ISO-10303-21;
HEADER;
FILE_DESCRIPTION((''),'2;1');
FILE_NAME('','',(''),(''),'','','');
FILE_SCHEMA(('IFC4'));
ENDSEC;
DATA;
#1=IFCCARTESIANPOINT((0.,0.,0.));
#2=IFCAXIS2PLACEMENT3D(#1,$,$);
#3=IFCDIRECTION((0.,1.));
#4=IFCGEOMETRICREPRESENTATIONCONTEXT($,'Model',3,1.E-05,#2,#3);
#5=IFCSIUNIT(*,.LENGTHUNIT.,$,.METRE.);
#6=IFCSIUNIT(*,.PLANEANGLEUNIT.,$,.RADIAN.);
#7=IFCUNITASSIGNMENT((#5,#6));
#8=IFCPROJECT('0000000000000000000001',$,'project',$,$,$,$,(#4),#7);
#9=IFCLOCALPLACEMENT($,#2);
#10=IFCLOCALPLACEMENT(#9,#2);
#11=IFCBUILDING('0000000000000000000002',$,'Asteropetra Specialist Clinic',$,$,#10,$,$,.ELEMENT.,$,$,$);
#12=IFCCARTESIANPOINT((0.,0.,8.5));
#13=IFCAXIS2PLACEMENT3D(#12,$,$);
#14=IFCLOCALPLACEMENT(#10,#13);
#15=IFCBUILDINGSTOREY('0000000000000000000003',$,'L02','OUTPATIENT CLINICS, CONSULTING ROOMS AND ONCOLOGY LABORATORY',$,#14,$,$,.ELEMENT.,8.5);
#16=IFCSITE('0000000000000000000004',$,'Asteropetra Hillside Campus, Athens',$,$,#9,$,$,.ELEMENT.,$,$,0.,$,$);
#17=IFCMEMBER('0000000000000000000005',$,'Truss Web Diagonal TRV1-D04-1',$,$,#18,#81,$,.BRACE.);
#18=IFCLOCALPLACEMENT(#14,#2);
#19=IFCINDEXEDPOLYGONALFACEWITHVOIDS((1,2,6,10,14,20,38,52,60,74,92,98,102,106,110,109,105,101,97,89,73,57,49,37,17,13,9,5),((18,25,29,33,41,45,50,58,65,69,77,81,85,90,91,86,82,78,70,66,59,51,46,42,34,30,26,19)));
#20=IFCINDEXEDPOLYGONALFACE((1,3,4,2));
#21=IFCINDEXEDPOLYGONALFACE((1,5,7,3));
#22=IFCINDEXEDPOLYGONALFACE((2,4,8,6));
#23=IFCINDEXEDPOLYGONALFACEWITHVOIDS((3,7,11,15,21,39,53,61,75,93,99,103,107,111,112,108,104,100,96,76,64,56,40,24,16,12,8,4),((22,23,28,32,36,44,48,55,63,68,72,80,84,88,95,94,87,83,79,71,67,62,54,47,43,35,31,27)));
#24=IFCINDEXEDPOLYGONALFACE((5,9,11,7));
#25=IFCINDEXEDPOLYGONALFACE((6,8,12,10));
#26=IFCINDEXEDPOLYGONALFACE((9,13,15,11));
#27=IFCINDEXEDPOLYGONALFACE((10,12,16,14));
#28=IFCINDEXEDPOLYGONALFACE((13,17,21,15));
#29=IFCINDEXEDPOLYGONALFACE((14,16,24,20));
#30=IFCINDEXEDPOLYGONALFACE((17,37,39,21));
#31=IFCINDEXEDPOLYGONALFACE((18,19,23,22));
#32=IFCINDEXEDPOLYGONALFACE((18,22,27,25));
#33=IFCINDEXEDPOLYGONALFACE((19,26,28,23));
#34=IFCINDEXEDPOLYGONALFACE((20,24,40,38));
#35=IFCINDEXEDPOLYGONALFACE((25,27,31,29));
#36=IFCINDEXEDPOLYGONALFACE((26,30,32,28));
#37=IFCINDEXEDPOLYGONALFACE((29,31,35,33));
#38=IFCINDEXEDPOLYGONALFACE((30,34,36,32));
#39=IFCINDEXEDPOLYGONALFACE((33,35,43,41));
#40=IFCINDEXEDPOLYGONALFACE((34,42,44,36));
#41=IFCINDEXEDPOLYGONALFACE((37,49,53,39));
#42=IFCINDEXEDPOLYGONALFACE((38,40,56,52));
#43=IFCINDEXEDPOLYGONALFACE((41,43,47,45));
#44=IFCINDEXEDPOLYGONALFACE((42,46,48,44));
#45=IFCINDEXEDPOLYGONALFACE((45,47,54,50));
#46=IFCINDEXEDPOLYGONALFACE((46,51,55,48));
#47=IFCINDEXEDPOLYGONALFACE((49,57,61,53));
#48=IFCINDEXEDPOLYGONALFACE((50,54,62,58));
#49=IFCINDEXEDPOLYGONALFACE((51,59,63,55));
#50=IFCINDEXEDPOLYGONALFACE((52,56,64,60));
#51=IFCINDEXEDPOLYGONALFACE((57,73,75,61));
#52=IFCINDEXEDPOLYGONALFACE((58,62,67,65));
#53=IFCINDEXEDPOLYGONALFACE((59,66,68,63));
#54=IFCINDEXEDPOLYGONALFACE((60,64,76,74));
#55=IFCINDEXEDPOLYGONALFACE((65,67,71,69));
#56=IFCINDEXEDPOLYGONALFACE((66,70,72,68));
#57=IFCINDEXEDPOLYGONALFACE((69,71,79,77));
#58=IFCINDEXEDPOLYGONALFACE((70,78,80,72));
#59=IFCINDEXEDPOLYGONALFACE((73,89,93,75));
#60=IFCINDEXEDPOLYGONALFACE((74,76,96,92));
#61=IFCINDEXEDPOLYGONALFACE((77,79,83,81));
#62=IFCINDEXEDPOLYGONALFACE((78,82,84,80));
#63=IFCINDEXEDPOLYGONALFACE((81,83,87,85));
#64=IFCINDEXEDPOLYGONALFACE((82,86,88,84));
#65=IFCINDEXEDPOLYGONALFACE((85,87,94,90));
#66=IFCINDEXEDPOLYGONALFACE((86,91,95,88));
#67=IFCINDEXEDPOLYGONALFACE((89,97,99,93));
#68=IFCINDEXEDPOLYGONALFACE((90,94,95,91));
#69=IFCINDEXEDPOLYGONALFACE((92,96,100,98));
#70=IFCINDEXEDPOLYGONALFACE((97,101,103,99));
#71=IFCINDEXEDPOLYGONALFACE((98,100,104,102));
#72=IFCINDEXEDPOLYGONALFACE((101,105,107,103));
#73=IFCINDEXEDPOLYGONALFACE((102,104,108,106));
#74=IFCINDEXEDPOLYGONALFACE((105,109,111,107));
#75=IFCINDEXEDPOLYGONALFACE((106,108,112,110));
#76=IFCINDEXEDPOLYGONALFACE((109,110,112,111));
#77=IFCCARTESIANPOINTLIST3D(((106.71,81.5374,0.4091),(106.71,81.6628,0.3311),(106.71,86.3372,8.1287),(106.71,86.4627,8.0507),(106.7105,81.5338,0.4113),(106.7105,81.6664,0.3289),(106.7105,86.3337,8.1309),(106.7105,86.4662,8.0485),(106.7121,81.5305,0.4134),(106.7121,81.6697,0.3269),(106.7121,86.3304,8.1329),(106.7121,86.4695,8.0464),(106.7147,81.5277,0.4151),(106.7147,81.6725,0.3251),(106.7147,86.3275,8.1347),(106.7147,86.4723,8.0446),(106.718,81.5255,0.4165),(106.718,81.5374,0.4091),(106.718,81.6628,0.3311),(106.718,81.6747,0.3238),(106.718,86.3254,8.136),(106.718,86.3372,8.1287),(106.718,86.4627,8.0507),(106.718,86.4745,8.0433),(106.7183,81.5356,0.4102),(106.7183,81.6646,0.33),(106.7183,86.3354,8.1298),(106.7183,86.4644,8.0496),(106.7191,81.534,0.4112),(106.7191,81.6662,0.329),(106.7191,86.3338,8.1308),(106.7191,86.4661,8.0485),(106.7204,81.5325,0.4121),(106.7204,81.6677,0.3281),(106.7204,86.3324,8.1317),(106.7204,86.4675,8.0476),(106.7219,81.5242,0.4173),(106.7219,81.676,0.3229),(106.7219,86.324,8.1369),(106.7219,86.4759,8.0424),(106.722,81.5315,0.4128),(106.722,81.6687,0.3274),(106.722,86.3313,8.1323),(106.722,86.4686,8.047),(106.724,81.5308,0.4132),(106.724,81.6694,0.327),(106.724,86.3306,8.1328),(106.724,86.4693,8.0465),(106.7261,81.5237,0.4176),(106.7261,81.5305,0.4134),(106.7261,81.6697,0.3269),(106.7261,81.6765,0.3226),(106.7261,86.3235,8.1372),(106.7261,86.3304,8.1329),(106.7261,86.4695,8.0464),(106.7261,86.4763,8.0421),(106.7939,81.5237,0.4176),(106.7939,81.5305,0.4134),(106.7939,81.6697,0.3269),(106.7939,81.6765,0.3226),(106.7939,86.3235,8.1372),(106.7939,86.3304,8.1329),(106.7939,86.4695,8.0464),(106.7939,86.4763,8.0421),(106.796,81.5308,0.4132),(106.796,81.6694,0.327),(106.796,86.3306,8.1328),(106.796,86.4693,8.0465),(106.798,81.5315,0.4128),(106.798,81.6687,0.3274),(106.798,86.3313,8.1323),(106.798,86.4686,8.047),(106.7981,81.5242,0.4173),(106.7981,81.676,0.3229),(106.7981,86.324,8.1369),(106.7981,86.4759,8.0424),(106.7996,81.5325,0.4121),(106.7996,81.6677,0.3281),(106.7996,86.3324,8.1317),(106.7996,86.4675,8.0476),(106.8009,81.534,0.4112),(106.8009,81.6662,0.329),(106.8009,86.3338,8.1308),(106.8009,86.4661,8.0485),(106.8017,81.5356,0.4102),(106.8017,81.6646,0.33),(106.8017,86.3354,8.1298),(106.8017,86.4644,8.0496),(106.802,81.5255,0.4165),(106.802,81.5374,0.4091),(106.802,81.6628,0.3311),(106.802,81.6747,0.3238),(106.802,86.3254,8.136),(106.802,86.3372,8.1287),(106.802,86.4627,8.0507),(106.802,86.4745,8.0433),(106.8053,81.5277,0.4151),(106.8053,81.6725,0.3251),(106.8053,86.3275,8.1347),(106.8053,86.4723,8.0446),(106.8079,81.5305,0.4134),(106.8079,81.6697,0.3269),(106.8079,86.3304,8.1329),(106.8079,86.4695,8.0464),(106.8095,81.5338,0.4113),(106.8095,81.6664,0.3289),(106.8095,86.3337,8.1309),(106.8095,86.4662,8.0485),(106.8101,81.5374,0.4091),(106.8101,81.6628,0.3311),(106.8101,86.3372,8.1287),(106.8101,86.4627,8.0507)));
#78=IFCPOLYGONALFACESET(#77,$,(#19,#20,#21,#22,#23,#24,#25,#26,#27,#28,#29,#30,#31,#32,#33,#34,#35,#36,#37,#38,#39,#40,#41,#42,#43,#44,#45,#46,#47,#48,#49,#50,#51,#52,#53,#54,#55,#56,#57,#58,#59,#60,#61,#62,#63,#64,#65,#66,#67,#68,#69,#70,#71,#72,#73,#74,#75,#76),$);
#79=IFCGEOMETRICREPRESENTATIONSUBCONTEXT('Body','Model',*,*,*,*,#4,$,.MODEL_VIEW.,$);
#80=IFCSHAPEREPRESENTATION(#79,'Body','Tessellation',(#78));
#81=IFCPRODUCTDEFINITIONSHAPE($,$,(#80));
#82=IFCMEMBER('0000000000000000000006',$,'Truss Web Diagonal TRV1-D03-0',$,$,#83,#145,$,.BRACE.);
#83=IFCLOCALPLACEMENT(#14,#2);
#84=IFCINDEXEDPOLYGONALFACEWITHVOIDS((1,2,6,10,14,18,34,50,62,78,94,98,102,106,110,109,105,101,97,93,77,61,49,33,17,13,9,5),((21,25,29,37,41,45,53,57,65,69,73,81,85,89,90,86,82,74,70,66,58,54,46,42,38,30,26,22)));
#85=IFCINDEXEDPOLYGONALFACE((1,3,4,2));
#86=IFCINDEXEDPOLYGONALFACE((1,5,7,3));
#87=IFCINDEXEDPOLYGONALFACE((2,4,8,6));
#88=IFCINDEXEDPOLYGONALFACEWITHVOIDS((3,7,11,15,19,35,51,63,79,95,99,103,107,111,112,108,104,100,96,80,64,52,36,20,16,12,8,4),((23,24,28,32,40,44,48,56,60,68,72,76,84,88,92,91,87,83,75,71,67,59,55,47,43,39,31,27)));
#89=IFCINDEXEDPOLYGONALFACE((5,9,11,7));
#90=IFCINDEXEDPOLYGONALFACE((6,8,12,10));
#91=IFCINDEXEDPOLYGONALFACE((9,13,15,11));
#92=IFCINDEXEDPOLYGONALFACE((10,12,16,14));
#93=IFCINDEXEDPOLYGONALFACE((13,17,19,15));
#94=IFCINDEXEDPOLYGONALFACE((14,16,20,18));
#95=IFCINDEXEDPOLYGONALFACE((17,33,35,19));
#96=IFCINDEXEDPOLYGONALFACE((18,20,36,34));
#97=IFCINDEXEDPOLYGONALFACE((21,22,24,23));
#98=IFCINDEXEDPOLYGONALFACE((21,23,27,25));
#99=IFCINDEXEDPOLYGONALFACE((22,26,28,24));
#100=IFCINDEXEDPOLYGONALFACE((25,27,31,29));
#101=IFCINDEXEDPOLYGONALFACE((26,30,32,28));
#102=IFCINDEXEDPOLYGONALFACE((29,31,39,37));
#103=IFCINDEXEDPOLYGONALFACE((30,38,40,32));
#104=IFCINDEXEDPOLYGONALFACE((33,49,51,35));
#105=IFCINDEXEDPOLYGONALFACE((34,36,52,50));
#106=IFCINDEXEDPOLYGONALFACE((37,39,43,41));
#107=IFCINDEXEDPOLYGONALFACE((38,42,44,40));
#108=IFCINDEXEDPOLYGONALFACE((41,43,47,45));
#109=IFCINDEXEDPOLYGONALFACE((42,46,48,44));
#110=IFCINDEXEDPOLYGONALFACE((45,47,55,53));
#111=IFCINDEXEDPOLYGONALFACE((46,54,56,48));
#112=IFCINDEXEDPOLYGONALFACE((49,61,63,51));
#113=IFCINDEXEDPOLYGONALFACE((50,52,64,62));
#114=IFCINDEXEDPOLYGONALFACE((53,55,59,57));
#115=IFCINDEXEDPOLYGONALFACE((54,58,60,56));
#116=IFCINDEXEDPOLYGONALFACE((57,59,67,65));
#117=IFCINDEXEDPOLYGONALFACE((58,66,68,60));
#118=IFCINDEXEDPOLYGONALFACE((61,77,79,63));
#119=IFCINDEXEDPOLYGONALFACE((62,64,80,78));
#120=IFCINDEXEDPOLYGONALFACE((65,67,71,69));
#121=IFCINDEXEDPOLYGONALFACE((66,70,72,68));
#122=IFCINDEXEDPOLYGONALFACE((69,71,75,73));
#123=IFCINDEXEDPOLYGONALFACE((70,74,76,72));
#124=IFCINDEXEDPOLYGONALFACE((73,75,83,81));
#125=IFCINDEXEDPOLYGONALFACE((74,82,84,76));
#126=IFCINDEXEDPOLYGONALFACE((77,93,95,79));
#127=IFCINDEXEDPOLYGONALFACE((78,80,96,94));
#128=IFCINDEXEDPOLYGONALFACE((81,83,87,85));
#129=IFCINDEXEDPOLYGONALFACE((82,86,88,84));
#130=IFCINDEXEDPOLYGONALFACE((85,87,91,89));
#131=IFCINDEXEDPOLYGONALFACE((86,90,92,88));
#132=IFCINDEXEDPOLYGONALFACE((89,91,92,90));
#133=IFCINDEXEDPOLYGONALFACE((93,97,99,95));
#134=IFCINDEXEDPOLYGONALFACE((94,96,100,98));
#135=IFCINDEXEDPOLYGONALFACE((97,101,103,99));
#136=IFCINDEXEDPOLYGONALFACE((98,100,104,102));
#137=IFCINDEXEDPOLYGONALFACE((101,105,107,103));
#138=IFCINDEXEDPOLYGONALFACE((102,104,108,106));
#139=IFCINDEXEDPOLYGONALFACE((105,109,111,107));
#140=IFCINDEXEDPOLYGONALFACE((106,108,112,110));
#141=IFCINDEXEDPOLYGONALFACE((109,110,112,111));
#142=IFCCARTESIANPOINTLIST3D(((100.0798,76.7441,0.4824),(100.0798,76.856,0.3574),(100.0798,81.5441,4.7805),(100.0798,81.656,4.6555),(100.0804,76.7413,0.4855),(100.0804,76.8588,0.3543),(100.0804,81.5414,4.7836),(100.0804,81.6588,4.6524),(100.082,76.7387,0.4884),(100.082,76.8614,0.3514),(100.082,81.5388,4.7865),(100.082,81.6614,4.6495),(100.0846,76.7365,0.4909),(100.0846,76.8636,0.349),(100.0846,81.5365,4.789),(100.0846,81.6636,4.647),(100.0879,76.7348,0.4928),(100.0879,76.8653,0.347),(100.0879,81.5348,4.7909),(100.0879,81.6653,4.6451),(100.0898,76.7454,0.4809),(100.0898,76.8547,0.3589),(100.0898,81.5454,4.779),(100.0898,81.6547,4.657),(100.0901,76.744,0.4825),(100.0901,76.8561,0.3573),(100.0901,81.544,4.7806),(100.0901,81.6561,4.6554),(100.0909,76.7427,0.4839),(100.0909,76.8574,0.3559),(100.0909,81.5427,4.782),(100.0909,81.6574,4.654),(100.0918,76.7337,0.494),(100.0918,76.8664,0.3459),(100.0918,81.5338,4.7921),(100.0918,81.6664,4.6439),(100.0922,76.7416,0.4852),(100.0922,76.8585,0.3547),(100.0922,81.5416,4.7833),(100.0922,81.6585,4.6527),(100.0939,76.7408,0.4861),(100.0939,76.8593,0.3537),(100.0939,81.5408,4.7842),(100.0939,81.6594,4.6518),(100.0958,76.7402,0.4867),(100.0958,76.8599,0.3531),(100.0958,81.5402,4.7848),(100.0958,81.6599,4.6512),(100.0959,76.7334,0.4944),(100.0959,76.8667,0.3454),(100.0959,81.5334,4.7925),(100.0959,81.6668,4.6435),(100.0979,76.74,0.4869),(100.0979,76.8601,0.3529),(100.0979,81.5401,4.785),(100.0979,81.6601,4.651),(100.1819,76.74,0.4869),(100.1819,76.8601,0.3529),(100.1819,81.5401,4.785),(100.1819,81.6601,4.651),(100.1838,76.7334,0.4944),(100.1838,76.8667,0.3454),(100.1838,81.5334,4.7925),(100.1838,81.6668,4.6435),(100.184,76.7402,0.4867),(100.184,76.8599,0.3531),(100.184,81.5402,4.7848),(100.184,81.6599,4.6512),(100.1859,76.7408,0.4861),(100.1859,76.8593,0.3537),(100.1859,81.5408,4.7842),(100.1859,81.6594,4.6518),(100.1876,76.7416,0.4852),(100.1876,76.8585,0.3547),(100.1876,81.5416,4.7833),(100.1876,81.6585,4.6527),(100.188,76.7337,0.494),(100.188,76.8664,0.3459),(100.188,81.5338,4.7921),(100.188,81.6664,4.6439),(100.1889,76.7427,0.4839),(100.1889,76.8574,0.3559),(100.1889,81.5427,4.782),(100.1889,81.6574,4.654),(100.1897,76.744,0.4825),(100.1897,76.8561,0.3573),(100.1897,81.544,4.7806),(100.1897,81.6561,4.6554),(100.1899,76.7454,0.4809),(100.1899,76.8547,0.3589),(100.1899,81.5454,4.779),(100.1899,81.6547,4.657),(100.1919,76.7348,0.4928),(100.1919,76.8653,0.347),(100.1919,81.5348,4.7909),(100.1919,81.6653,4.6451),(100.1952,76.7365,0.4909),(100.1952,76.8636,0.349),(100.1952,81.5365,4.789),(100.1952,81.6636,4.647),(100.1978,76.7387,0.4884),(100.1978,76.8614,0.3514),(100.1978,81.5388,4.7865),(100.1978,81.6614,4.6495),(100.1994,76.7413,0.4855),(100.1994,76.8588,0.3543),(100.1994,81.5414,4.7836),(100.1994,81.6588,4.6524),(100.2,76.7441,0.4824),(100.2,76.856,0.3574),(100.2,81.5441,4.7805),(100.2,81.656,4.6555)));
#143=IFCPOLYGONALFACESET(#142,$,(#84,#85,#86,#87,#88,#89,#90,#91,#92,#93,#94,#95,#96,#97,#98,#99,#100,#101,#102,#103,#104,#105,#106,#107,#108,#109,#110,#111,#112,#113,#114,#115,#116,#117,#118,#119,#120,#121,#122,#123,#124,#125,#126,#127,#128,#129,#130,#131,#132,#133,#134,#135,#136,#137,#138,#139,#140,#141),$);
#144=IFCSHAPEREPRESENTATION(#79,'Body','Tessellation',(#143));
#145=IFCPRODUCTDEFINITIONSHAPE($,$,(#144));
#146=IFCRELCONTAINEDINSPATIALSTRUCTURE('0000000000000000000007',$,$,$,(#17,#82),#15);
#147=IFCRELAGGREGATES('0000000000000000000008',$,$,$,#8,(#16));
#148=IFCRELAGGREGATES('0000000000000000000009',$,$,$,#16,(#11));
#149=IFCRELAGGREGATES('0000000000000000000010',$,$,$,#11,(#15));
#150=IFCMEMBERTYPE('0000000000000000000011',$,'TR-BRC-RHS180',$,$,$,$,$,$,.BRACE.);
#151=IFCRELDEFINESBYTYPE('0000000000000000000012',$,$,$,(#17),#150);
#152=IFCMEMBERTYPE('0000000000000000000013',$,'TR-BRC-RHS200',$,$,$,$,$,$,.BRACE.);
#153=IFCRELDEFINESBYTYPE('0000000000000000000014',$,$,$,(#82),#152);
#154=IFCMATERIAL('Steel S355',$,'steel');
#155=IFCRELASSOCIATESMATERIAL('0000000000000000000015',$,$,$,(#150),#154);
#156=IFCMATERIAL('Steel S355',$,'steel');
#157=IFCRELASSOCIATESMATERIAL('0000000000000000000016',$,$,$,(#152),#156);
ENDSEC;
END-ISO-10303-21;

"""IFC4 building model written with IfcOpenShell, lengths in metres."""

from ifc_helpers import new_model, si_unit, direction, frame, origin, origin_2d, place, context, subcontext, project, spatial, hollow_rectangle, extrude, material, material_profile, profile_set, type_object, element, save


model = new_model("IFC4")

# Units and contexts
model_context = context("Model", 3, precision=1e-05, world=origin(), true_north=direction((0.0, 1.0)))
body_context = subcontext(model_context, "Body", "Model", "MODEL_VIEW")
ifc_project = project(units=[si_unit("LENGTHUNIT", "METRE"), si_unit("PLANEANGLEUNIT", "RADIAN")], contexts=[model_context])

# Site, building, storey
site_placement = place(None, origin())
site = spatial("IfcSite", under=ifc_project, at=site_placement, Name="Asteropetra Hillside Campus, Athens", CompositionType="ELEMENT", RefElevation=0.0)
building_placement = place(site_placement, origin())
building = spatial("IfcBuilding", under=site, at=building_placement, Name="Asteropetra Specialist Clinic", CompositionType="ELEMENT")
storey_placement = place(building_placement, frame((0.0, 0.0, 8.5)))
storey = spatial("IfcBuildingStorey", under=building, at=storey_placement, Name="L02", Description="OUTPATIENT CLINICS, CONSULTING ROOMS AND ONCOLOGY LABORATORY", CompositionType="ELEMENT", Elevation=8.5)

# Members
ifc_material_1 = material(Name="Steel S355", Category="steel")
ifc_material_profile_1 = material_profile(ifc_material_1, hollow_rectangle(XDim=0.1001, YDim=0.1799, WallThickness=0.0081, InnerFilletRadius=0.0081, OuterFilletRadius=0.0161, at=origin_2d()), Name="RHS 180x100x8.0")
ifc_profile_set_1 = profile_set([ifc_material_profile_1], Name="Steel S355")
member_type_1 = type_object("IfcMemberType", Name="TR-BRC-RHS180", PredefinedType="BRACE", material=ifc_profile_set_1)
member_1_placement = place(storey_placement, frame((106.76, 81.6001, 0.3701), z_axis=(0.0, 0.52803, 0.849226), x_axis=(-1.0, 0.0, 0.0)))
element("IfcMember", 1, at=member_1_placement, inside=storey, type_object=member_type_1, Name="Truss Web Diagonal TRV1-D04-1", PredefinedType="BRACE", context=body_context, shape_type="SweptSolid", body=[
    extrude(hollow_rectangle(XDim=0.1001, YDim=0.1799, WallThickness=0.0081, InnerFilletRadius=0.0081, OuterFilletRadius=0.0161, at=origin_2d()), origin(), (0.0, 0.0, 1.0), 9.0901),
])
ifc_material_2 = material(Name="Steel S355", Category="steel")
ifc_material_profile_2 = material_profile(ifc_material_2, hollow_rectangle(XDim=0.1201, YDim=0.2, WallThickness=0.01, InnerFilletRadius=0.0081, OuterFilletRadius=0.0161, at=origin_2d()), Name="RHS 200x120x10.0")
ifc_profile_set_2 = profile_set([ifc_material_profile_2], Name="Steel S355")
member_type_2 = type_object("IfcMemberType", Name="TR-BRC-RHS200", PredefinedType="BRACE", material=ifc_profile_set_2)
member_2_placement = place(storey_placement, frame((100.1399, 76.8, 0.4199), z_axis=(0.0, 0.744986, 0.667081), x_axis=(-1.0, 0.0, 0.0)))
element("IfcMember", 2, at=member_2_placement, inside=storey, type_object=member_type_2, Name="Truss Web Diagonal TRV1-D03-0", PredefinedType="BRACE", context=body_context, shape_type="SweptSolid", body=[
    extrude(hollow_rectangle(XDim=0.1201, YDim=0.2, WallThickness=0.01, InnerFilletRadius=0.0081, OuterFilletRadius=0.0161, at=origin_2d()), origin(), (0.0, 0.0, 1.0), 6.4431),
])

save(model, "model.ifc")
